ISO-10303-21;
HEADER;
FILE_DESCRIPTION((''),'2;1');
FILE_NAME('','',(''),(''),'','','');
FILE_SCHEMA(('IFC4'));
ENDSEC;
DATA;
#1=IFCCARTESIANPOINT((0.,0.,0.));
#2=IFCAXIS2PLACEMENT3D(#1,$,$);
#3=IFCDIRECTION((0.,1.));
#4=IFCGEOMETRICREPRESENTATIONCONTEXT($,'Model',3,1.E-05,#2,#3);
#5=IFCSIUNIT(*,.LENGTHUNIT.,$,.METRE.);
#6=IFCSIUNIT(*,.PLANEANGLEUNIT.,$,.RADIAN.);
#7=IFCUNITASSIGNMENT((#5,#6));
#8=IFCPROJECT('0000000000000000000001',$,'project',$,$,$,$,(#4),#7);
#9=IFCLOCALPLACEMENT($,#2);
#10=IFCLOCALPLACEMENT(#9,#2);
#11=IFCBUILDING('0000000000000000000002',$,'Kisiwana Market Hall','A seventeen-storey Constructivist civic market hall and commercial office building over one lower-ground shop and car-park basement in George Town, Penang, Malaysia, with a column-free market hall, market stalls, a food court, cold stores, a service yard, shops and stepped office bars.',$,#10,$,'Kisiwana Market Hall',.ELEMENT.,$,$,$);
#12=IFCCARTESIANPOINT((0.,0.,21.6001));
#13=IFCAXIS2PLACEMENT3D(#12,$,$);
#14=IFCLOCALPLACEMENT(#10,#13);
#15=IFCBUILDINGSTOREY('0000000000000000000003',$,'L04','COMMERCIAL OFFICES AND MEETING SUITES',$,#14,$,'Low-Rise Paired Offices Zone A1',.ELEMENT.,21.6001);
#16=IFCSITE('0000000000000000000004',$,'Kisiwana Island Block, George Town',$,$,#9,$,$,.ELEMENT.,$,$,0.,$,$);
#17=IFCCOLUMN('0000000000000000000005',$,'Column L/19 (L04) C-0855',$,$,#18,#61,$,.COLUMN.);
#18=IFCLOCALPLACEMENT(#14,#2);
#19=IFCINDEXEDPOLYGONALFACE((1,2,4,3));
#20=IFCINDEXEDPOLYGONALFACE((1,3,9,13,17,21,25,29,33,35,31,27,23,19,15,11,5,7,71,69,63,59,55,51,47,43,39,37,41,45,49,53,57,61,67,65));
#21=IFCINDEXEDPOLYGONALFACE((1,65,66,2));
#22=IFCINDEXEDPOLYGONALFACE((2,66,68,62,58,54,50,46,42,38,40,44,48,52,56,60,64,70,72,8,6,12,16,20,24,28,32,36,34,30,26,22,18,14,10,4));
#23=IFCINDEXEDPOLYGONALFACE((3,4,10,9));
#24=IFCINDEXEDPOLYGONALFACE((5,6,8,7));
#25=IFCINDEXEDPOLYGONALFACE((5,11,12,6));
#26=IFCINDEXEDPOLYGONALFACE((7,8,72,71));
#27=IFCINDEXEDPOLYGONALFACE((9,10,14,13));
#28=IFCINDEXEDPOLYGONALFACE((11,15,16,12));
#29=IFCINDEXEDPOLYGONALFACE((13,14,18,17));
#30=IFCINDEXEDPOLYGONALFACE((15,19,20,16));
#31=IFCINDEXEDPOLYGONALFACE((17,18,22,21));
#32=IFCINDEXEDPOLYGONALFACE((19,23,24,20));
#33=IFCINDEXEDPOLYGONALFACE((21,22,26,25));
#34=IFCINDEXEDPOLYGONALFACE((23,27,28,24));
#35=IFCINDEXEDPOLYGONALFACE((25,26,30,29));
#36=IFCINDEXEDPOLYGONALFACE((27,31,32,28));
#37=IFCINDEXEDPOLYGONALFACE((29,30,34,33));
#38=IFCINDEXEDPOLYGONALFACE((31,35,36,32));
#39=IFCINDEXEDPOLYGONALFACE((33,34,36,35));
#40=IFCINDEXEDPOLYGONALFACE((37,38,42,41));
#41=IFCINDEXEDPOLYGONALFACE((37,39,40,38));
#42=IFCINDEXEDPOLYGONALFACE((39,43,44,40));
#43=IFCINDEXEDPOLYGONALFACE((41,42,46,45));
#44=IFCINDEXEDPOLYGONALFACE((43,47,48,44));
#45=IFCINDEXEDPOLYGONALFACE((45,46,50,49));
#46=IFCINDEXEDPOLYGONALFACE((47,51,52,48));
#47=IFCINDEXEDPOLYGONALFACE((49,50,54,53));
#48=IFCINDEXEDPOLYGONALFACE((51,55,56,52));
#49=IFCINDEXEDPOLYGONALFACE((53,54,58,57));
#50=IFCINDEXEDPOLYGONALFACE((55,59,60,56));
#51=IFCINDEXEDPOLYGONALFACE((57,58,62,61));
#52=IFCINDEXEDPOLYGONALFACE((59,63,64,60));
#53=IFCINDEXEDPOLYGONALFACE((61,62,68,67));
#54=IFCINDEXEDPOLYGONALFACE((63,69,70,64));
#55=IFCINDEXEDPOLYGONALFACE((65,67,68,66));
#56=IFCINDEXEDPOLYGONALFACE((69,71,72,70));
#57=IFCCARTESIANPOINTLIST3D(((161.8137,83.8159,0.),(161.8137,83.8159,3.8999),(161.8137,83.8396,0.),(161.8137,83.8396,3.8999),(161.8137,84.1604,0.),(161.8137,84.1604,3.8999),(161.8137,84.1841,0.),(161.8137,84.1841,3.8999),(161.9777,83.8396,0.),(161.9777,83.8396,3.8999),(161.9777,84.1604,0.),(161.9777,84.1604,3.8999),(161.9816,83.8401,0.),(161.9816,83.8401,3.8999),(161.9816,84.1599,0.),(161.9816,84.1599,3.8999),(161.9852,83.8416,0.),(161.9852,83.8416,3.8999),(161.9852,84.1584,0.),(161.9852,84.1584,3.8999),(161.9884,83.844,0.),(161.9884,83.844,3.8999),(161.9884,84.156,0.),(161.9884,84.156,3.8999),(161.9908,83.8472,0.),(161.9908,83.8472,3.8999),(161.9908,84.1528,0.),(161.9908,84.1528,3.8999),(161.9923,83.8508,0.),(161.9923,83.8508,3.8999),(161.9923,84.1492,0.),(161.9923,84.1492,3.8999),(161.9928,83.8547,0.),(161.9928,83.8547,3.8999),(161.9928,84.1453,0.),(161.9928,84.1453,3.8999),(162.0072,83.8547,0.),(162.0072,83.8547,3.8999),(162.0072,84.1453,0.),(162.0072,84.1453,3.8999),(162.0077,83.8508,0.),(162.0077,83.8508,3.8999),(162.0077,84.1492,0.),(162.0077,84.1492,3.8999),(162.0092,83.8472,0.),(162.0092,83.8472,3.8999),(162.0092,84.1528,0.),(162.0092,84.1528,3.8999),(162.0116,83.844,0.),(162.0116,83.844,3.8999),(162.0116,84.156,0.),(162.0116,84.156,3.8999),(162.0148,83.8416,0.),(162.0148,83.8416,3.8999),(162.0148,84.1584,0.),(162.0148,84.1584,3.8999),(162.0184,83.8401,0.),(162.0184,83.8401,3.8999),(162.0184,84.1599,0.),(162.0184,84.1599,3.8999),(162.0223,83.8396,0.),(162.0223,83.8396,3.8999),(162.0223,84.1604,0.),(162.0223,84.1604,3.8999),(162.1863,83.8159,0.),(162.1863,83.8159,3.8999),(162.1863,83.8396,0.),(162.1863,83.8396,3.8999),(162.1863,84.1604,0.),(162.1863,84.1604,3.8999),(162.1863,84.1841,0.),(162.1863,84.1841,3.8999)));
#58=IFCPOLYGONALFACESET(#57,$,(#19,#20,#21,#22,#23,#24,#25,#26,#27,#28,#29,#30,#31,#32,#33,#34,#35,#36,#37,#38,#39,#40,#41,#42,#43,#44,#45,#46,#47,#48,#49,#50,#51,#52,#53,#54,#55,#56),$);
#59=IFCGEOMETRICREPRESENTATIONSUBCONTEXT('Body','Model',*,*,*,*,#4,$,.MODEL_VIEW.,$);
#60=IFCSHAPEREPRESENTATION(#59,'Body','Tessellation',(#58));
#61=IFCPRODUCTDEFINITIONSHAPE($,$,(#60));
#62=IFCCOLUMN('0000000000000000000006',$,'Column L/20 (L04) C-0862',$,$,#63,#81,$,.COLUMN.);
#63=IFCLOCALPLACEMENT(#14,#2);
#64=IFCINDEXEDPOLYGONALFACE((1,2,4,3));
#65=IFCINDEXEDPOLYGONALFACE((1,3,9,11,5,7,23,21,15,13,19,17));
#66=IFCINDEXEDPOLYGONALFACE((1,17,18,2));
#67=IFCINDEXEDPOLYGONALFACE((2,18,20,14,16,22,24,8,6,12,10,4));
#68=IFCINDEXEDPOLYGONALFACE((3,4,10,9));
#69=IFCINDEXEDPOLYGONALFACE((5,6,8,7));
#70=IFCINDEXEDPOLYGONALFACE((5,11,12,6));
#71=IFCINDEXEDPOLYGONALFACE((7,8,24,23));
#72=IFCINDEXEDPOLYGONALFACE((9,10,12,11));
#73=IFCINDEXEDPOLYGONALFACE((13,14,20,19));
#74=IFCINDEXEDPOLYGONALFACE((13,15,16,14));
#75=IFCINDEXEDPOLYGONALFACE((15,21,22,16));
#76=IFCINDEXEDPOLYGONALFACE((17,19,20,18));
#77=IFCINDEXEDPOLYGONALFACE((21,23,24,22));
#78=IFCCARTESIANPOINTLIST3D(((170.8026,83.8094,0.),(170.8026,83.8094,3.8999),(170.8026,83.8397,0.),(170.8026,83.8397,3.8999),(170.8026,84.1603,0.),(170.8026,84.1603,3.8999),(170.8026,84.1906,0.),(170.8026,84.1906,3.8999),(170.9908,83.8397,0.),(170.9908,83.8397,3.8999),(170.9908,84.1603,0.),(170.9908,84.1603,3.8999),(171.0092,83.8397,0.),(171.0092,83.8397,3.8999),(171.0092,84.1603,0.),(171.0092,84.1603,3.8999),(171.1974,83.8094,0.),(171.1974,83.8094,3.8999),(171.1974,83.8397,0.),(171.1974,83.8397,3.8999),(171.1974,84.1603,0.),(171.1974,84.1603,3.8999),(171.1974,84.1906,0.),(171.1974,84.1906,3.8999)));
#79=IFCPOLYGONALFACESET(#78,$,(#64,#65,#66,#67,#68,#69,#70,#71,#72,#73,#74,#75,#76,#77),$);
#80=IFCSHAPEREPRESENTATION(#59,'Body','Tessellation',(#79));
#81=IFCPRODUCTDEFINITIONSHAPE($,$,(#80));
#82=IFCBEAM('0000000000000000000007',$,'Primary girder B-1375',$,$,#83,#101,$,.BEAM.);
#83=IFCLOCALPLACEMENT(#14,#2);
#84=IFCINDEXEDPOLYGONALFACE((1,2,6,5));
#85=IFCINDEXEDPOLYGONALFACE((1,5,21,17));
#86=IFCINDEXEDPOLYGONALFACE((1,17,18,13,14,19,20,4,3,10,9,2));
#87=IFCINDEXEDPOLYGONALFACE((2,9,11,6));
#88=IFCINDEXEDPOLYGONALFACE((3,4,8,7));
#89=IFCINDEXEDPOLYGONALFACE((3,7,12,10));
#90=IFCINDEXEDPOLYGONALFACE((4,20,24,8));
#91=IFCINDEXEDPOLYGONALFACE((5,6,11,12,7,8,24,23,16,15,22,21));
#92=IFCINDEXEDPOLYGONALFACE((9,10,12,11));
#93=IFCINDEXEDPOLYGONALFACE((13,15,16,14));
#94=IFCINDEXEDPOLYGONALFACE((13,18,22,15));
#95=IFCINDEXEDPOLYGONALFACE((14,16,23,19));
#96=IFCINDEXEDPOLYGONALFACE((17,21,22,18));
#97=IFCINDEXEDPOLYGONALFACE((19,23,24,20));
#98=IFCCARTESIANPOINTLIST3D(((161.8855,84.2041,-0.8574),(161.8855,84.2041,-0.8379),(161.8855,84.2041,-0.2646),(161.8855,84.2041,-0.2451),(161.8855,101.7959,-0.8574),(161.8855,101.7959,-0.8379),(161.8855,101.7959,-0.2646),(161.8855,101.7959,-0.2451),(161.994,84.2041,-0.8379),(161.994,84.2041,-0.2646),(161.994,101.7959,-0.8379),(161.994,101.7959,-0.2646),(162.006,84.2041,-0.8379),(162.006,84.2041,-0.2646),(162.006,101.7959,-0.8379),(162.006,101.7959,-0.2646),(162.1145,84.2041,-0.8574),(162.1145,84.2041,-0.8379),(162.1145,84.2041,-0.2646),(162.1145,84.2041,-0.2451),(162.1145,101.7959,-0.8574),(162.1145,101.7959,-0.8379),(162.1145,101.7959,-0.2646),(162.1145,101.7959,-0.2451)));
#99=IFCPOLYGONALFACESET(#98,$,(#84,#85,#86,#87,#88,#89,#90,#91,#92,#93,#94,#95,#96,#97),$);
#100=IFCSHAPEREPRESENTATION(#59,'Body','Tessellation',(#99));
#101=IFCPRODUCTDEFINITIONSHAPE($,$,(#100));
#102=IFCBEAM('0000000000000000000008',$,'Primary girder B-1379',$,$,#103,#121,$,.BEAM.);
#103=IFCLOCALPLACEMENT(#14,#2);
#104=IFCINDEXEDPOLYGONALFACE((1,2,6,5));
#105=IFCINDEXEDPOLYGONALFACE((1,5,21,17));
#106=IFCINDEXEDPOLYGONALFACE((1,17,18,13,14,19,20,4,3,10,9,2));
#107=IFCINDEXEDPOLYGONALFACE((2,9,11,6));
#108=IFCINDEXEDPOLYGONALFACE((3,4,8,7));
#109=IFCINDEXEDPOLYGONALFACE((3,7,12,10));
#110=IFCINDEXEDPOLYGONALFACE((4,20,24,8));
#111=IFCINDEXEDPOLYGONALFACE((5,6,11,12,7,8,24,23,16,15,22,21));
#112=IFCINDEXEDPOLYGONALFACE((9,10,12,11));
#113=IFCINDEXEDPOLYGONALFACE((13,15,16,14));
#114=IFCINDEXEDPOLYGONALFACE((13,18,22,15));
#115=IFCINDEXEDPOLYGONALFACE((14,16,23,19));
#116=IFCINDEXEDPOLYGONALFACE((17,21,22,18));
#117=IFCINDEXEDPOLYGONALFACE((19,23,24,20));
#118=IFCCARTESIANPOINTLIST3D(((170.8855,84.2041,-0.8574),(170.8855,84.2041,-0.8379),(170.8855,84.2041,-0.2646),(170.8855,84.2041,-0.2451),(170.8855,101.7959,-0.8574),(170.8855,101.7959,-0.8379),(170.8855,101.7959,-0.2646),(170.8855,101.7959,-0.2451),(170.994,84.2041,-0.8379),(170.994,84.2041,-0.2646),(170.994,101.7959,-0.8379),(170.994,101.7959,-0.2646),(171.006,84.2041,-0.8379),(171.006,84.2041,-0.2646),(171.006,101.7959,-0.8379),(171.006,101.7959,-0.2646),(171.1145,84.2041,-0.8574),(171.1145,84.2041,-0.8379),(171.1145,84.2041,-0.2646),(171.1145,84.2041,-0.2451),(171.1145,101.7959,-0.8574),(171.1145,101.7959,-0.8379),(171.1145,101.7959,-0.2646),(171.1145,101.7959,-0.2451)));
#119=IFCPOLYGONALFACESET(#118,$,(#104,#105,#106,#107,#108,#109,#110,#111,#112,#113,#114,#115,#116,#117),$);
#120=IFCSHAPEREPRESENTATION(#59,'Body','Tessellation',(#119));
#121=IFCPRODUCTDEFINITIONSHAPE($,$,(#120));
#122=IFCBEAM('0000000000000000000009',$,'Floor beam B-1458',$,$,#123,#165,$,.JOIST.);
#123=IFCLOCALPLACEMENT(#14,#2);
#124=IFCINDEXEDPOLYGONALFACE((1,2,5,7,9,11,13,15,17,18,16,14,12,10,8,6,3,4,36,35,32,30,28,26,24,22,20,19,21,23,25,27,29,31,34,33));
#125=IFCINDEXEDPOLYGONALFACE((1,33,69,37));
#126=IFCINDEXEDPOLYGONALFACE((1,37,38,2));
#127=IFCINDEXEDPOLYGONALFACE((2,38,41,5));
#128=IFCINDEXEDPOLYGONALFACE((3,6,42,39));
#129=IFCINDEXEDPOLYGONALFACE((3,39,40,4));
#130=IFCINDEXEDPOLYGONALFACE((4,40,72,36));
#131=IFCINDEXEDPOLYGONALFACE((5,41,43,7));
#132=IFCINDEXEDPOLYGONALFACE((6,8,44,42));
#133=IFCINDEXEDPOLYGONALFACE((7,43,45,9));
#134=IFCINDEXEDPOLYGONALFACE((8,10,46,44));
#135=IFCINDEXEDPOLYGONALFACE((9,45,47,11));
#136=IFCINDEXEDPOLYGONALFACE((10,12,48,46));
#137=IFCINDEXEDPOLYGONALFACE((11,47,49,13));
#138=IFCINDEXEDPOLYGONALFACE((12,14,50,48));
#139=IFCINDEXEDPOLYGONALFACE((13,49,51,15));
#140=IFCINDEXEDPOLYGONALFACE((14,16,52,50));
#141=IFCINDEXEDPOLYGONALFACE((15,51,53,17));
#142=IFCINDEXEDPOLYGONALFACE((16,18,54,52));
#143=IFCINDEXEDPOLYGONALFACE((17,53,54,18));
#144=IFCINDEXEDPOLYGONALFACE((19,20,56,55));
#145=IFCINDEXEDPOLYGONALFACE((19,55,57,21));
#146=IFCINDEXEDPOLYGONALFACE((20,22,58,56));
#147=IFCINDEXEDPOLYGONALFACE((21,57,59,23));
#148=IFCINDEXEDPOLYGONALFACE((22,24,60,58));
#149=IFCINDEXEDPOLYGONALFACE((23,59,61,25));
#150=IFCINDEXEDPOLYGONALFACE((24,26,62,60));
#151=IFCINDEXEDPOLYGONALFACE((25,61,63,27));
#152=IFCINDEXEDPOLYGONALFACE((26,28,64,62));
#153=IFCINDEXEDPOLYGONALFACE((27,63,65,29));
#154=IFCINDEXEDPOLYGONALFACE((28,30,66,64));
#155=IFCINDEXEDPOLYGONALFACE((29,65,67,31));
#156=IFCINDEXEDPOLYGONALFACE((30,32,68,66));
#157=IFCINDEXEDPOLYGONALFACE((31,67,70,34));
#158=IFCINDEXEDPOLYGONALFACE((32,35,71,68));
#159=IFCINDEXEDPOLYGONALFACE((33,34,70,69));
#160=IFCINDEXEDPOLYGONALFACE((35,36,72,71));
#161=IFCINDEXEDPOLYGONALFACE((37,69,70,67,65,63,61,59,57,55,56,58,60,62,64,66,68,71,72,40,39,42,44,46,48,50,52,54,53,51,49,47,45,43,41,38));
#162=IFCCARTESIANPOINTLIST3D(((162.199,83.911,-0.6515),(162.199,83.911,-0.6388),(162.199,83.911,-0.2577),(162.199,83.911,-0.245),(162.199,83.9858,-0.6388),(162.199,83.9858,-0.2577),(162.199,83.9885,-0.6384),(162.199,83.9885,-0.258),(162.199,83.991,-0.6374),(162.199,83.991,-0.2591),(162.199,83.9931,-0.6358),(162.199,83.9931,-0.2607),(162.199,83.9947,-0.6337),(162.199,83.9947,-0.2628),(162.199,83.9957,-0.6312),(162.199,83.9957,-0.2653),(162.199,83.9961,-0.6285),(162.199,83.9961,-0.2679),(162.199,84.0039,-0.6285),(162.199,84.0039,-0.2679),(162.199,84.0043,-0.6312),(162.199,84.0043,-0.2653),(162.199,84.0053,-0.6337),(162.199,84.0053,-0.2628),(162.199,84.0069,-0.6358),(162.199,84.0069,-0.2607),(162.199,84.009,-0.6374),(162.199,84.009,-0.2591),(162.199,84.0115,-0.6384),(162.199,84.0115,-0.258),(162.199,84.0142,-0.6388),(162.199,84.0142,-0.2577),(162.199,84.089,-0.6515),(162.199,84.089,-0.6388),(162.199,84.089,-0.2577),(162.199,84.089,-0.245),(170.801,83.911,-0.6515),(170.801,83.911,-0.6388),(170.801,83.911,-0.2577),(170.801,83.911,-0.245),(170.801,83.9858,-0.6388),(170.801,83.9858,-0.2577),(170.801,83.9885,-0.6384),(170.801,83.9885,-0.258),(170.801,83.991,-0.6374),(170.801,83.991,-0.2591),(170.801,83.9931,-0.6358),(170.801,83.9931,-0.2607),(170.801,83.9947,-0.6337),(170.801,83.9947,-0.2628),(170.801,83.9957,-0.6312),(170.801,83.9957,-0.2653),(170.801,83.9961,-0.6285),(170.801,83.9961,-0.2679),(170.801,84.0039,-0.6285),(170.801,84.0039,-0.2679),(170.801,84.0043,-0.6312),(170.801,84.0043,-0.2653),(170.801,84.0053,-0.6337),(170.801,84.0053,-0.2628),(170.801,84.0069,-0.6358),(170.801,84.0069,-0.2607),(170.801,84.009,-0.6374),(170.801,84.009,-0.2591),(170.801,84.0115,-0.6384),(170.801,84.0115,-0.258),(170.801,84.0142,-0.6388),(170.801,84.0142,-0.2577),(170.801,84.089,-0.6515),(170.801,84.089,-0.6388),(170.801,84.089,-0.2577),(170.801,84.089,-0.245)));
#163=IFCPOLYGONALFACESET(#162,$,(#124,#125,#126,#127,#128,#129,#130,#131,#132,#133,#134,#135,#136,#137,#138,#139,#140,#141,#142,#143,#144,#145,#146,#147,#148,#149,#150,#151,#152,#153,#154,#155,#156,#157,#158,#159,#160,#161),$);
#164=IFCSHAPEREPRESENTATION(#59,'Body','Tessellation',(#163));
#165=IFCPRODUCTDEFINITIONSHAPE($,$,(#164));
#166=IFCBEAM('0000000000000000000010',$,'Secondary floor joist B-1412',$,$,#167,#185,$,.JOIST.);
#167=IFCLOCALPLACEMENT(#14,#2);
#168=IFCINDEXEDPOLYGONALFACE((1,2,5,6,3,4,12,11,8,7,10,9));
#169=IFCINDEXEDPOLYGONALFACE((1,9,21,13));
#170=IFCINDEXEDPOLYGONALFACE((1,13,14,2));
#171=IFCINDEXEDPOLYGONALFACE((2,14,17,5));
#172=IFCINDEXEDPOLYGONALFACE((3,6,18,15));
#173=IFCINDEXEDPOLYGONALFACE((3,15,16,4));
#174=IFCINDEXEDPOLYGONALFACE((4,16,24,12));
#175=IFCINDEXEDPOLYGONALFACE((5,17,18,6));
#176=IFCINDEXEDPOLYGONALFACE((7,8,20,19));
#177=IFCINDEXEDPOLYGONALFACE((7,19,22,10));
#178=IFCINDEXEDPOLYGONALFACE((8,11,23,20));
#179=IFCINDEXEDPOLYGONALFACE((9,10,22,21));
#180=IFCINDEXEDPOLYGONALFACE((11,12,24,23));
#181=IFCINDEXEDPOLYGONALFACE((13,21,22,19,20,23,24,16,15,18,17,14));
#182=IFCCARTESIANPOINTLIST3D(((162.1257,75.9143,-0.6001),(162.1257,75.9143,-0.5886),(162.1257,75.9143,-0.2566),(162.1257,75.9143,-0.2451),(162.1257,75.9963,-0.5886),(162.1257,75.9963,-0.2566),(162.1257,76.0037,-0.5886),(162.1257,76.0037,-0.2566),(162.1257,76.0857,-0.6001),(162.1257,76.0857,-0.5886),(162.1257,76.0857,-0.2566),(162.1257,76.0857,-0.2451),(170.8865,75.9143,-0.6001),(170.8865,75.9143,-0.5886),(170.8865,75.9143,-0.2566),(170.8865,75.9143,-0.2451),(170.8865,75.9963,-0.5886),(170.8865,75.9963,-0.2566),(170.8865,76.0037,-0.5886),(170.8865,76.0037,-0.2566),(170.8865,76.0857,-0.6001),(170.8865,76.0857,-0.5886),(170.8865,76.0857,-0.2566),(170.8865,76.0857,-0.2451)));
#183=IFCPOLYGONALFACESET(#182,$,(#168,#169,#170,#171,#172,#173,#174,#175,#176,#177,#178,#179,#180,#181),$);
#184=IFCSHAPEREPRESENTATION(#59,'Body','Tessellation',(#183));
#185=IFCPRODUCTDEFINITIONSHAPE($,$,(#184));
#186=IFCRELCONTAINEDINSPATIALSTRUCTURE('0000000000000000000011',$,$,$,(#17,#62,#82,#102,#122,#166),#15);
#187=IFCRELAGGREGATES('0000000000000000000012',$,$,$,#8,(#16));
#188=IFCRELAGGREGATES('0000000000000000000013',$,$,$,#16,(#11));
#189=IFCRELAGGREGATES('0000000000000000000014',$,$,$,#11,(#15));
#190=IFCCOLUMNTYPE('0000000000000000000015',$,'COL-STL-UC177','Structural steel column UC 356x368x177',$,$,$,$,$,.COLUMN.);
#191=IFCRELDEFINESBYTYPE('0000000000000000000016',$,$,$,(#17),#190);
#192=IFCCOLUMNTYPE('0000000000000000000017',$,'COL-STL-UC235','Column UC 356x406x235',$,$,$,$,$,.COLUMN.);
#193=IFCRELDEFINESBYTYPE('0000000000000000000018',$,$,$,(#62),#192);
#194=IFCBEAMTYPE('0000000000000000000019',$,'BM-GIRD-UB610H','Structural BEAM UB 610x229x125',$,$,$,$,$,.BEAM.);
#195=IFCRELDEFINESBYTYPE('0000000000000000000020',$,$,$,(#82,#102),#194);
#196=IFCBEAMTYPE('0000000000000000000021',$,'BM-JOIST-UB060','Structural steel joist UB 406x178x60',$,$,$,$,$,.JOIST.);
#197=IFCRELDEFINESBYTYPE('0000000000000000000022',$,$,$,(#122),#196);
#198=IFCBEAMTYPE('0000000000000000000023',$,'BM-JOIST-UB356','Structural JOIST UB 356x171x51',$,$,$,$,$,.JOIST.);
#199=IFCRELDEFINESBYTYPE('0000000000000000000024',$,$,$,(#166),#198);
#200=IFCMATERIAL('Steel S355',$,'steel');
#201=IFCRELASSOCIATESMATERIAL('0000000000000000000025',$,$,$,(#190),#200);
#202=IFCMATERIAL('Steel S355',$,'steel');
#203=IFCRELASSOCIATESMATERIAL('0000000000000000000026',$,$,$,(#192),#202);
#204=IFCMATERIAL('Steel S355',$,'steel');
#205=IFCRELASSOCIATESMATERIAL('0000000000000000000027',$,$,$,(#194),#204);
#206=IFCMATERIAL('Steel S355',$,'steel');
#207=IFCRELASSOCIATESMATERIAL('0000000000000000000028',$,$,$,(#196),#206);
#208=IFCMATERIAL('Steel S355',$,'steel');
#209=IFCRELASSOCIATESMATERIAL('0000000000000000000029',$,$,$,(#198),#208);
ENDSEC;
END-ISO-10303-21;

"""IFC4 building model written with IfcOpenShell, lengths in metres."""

from ifc_helpers import new_model, si_unit, direction, frame, origin, origin_2d, place, context, subcontext, project, spatial, i_section, extrude, material, material_profile, profile_set, type_object, element, save


model = new_model("IFC4")

# Units and contexts
model_context = context("Model", 3, precision=1e-05, world=origin(), true_north=direction((0.0, 1.0)))
body_context = subcontext(model_context, "Body", "Model", "MODEL_VIEW")
ifc_project = project(units=[si_unit("LENGTHUNIT", "METRE"), si_unit("PLANEANGLEUNIT", "RADIAN")], contexts=[model_context])

# Site, building, storey
site_placement = place(None, origin())
site = spatial("IfcSite", under=ifc_project, at=site_placement, Name="Kisiwana Island Block, George Town", CompositionType="ELEMENT", RefElevation=0.0)
building_placement = place(site_placement, origin())
building = spatial("IfcBuilding", under=site, at=building_placement, Name="Kisiwana Market Hall", Description="A seventeen-storey Constructivist civic market hall and commercial office building over one lower-ground shop and car-park basement in George Town, Penang, Malaysia, with a column-free market hall, market stalls, a food court, cold stores, a service yard, shops and stepped office bars.", LongName="Kisiwana Market Hall", CompositionType="ELEMENT")
storey_placement = place(building_placement, frame((0.0, 0.0, 21.6001)))
storey = spatial("IfcBuildingStorey", under=building, at=storey_placement, Name="L04", Description="COMMERCIAL OFFICES AND MEETING SUITES", LongName="Low-Rise Paired Offices Zone A1", CompositionType="ELEMENT", Elevation=21.6001)

# Columns
ifc_material_1 = material(Name="Steel S355", Category="steel")
ifc_material_profile_1 = material_profile(ifc_material_1, i_section(OverallWidth=0.3726, OverallDepth=0.3682, WebThickness=0.0144, FlangeThickness=0.0237, FilletRadius=0.0151, at=origin_2d()), Name="UC 356x368x177")
ifc_profile_set_1 = profile_set([ifc_material_profile_1], Name="Steel S355")
column_type_1 = type_object("IfcColumnType", Name="COL-STL-UC177", Description="Structural steel column UC 356x368x177", PredefinedType="COLUMN", material=ifc_profile_set_1)
column_1_placement = place(storey_placement, frame((162.0, 84.0, 0.0), z_axis=(0.0, 0.0, 1.0), x_axis=(1.0, 0.0, 0.0)))
element("IfcColumn", 1, at=column_1_placement, inside=storey, type_object=column_type_1, Name="Column L/19 (L04) C-0855", PredefinedType="COLUMN", context=body_context, shape_type="SweptSolid", body=[
    extrude(i_section(OverallWidth=0.3726, OverallDepth=0.3682, WebThickness=0.0144, FlangeThickness=0.0237, FilletRadius=0.0151, at=origin_2d()), origin(), (0.0, 0.0, 1.0), 3.8999),
])
ifc_material_2 = material(Name="Steel S355", Category="steel")
ifc_material_profile_2 = material_profile(ifc_material_2, i_section(OverallWidth=0.3948, OverallDepth=0.3811, WebThickness=0.0183, FlangeThickness=0.0303, at=origin_2d()), Name="UC 356x406x235")
ifc_profile_set_2 = profile_set([ifc_material_profile_2], Name="Steel S355")
column_type_2 = type_object("IfcColumnType", Name="COL-STL-UC235", Description="Column UC 356x406x235", PredefinedType="COLUMN", material=ifc_profile_set_2)
column_2_placement = place(storey_placement, frame((171.0, 84.0, 0.0), z_axis=(0.0, 0.0, 1.0), x_axis=(1.0, 0.0, 0.0)))
element("IfcColumn", 2, at=column_2_placement, inside=storey, type_object=column_type_2, Name="Column L/20 (L04) C-0862", PredefinedType="COLUMN", context=body_context, shape_type="SweptSolid", body=[
    extrude(i_section(OverallWidth=0.3948, OverallDepth=0.3811, WebThickness=0.0183, FlangeThickness=0.0303, at=origin_2d()), origin(), (0.0, 0.0, 1.0), 3.8999),
])

# Beams
ifc_material_3 = material(Name="Steel S355", Category="steel")
ifc_material_profile_3 = material_profile(ifc_material_3, i_section(OverallWidth=0.229, OverallDepth=0.6123, WebThickness=0.012, FlangeThickness=0.0195, at=origin_2d()), Name="UB 610x229x125")
ifc_profile_set_3 = profile_set([ifc_material_profile_3], Name="Steel S355")
beam_type_1 = type_object("IfcBeamType", Name="BM-GIRD-UB610H", Description="Structural BEAM UB 610x229x125", PredefinedType="BEAM", material=ifc_profile_set_3)
for number, where, z_axis, x_axis, name in (
    (3, (162.0, 84.2041, -0.5513), (0.0, 1.0, 0.0), (-1.0, 0.0, 0.0), "Primary girder B-1375"),
    (4, (171.0, 84.2041, -0.5513), (0.0, 1.0, 0.0), (-1.0, 0.0, 0.0), "Primary girder B-1379"),
):
    element("IfcBeam", number, at=place(storey_placement, frame(where, z_axis=z_axis, x_axis=x_axis)), inside=storey, type_object=beam_type_1, Name=name, PredefinedType="BEAM", context=body_context, shape_type="SweptSolid", body=[
        extrude(i_section(OverallWidth=0.229, OverallDepth=0.6123, WebThickness=0.012, FlangeThickness=0.0195, at=origin_2d()), origin(), (0.0, 0.0, 1.0), 17.5918),
    ])
ifc_material_4 = material(Name="Steel S355", Category="steel")
ifc_material_profile_4 = material_profile(ifc_material_4, i_section(OverallWidth=0.178, OverallDepth=0.4065, WebThickness=0.0078, FlangeThickness=0.0127, FilletRadius=0.0103, at=origin_2d()), Name="UB 406x178x60")
ifc_profile_set_4 = profile_set([ifc_material_profile_4], Name="Steel S355")
beam_type_2 = type_object("IfcBeamType", Name="BM-JOIST-UB060", Description="Structural steel joist UB 406x178x60", PredefinedType="JOIST", material=ifc_profile_set_4)
beam_1_placement = place(storey_placement, frame((162.199, 84.0, -0.4482), z_axis=(1.0, 0.0, 0.0), x_axis=(0.0, 1.0, 0.0)))
element("IfcBeam", 5, at=beam_1_placement, inside=storey, type_object=beam_type_2, Name="Floor beam B-1458", PredefinedType="JOIST", context=body_context, shape_type="SweptSolid", body=[
    extrude(i_section(OverallWidth=0.178, OverallDepth=0.4065, WebThickness=0.0078, FlangeThickness=0.0127, FilletRadius=0.0103, at=origin_2d()), origin(), (0.0, 0.0, 1.0), 8.6021),
])
ifc_material_5 = material(Name="Steel S355", Category="steel")
ifc_material_profile_5 = material_profile(ifc_material_5, i_section(OverallWidth=0.1714, OverallDepth=0.355, WebThickness=0.0073, FlangeThickness=0.0115, at=origin_2d()), Name="UB 356x171x51")
ifc_profile_set_5 = profile_set([ifc_material_profile_5], Name="Steel S355")
beam_type_3 = type_object("IfcBeamType", Name="BM-JOIST-UB356", Description="Structural JOIST UB 356x171x51", PredefinedType="JOIST", material=ifc_profile_set_5)
beam_2_placement = place(storey_placement, frame((162.1257, 76.0, -0.4226), z_axis=(1.0, 0.0, 0.0), x_axis=(0.0, 1.0, 0.0)))
element("IfcBeam", 6, at=beam_2_placement, inside=storey, type_object=beam_type_3, Name="Secondary floor joist B-1412", PredefinedType="JOIST", context=body_context, shape_type="SweptSolid", body=[
    extrude(i_section(OverallWidth=0.1714, OverallDepth=0.355, WebThickness=0.0073, FlangeThickness=0.0115, at=origin_2d()), origin(), (0.0, 0.0, 1.0), 8.7607),
])

save(model, "model.ifc")
